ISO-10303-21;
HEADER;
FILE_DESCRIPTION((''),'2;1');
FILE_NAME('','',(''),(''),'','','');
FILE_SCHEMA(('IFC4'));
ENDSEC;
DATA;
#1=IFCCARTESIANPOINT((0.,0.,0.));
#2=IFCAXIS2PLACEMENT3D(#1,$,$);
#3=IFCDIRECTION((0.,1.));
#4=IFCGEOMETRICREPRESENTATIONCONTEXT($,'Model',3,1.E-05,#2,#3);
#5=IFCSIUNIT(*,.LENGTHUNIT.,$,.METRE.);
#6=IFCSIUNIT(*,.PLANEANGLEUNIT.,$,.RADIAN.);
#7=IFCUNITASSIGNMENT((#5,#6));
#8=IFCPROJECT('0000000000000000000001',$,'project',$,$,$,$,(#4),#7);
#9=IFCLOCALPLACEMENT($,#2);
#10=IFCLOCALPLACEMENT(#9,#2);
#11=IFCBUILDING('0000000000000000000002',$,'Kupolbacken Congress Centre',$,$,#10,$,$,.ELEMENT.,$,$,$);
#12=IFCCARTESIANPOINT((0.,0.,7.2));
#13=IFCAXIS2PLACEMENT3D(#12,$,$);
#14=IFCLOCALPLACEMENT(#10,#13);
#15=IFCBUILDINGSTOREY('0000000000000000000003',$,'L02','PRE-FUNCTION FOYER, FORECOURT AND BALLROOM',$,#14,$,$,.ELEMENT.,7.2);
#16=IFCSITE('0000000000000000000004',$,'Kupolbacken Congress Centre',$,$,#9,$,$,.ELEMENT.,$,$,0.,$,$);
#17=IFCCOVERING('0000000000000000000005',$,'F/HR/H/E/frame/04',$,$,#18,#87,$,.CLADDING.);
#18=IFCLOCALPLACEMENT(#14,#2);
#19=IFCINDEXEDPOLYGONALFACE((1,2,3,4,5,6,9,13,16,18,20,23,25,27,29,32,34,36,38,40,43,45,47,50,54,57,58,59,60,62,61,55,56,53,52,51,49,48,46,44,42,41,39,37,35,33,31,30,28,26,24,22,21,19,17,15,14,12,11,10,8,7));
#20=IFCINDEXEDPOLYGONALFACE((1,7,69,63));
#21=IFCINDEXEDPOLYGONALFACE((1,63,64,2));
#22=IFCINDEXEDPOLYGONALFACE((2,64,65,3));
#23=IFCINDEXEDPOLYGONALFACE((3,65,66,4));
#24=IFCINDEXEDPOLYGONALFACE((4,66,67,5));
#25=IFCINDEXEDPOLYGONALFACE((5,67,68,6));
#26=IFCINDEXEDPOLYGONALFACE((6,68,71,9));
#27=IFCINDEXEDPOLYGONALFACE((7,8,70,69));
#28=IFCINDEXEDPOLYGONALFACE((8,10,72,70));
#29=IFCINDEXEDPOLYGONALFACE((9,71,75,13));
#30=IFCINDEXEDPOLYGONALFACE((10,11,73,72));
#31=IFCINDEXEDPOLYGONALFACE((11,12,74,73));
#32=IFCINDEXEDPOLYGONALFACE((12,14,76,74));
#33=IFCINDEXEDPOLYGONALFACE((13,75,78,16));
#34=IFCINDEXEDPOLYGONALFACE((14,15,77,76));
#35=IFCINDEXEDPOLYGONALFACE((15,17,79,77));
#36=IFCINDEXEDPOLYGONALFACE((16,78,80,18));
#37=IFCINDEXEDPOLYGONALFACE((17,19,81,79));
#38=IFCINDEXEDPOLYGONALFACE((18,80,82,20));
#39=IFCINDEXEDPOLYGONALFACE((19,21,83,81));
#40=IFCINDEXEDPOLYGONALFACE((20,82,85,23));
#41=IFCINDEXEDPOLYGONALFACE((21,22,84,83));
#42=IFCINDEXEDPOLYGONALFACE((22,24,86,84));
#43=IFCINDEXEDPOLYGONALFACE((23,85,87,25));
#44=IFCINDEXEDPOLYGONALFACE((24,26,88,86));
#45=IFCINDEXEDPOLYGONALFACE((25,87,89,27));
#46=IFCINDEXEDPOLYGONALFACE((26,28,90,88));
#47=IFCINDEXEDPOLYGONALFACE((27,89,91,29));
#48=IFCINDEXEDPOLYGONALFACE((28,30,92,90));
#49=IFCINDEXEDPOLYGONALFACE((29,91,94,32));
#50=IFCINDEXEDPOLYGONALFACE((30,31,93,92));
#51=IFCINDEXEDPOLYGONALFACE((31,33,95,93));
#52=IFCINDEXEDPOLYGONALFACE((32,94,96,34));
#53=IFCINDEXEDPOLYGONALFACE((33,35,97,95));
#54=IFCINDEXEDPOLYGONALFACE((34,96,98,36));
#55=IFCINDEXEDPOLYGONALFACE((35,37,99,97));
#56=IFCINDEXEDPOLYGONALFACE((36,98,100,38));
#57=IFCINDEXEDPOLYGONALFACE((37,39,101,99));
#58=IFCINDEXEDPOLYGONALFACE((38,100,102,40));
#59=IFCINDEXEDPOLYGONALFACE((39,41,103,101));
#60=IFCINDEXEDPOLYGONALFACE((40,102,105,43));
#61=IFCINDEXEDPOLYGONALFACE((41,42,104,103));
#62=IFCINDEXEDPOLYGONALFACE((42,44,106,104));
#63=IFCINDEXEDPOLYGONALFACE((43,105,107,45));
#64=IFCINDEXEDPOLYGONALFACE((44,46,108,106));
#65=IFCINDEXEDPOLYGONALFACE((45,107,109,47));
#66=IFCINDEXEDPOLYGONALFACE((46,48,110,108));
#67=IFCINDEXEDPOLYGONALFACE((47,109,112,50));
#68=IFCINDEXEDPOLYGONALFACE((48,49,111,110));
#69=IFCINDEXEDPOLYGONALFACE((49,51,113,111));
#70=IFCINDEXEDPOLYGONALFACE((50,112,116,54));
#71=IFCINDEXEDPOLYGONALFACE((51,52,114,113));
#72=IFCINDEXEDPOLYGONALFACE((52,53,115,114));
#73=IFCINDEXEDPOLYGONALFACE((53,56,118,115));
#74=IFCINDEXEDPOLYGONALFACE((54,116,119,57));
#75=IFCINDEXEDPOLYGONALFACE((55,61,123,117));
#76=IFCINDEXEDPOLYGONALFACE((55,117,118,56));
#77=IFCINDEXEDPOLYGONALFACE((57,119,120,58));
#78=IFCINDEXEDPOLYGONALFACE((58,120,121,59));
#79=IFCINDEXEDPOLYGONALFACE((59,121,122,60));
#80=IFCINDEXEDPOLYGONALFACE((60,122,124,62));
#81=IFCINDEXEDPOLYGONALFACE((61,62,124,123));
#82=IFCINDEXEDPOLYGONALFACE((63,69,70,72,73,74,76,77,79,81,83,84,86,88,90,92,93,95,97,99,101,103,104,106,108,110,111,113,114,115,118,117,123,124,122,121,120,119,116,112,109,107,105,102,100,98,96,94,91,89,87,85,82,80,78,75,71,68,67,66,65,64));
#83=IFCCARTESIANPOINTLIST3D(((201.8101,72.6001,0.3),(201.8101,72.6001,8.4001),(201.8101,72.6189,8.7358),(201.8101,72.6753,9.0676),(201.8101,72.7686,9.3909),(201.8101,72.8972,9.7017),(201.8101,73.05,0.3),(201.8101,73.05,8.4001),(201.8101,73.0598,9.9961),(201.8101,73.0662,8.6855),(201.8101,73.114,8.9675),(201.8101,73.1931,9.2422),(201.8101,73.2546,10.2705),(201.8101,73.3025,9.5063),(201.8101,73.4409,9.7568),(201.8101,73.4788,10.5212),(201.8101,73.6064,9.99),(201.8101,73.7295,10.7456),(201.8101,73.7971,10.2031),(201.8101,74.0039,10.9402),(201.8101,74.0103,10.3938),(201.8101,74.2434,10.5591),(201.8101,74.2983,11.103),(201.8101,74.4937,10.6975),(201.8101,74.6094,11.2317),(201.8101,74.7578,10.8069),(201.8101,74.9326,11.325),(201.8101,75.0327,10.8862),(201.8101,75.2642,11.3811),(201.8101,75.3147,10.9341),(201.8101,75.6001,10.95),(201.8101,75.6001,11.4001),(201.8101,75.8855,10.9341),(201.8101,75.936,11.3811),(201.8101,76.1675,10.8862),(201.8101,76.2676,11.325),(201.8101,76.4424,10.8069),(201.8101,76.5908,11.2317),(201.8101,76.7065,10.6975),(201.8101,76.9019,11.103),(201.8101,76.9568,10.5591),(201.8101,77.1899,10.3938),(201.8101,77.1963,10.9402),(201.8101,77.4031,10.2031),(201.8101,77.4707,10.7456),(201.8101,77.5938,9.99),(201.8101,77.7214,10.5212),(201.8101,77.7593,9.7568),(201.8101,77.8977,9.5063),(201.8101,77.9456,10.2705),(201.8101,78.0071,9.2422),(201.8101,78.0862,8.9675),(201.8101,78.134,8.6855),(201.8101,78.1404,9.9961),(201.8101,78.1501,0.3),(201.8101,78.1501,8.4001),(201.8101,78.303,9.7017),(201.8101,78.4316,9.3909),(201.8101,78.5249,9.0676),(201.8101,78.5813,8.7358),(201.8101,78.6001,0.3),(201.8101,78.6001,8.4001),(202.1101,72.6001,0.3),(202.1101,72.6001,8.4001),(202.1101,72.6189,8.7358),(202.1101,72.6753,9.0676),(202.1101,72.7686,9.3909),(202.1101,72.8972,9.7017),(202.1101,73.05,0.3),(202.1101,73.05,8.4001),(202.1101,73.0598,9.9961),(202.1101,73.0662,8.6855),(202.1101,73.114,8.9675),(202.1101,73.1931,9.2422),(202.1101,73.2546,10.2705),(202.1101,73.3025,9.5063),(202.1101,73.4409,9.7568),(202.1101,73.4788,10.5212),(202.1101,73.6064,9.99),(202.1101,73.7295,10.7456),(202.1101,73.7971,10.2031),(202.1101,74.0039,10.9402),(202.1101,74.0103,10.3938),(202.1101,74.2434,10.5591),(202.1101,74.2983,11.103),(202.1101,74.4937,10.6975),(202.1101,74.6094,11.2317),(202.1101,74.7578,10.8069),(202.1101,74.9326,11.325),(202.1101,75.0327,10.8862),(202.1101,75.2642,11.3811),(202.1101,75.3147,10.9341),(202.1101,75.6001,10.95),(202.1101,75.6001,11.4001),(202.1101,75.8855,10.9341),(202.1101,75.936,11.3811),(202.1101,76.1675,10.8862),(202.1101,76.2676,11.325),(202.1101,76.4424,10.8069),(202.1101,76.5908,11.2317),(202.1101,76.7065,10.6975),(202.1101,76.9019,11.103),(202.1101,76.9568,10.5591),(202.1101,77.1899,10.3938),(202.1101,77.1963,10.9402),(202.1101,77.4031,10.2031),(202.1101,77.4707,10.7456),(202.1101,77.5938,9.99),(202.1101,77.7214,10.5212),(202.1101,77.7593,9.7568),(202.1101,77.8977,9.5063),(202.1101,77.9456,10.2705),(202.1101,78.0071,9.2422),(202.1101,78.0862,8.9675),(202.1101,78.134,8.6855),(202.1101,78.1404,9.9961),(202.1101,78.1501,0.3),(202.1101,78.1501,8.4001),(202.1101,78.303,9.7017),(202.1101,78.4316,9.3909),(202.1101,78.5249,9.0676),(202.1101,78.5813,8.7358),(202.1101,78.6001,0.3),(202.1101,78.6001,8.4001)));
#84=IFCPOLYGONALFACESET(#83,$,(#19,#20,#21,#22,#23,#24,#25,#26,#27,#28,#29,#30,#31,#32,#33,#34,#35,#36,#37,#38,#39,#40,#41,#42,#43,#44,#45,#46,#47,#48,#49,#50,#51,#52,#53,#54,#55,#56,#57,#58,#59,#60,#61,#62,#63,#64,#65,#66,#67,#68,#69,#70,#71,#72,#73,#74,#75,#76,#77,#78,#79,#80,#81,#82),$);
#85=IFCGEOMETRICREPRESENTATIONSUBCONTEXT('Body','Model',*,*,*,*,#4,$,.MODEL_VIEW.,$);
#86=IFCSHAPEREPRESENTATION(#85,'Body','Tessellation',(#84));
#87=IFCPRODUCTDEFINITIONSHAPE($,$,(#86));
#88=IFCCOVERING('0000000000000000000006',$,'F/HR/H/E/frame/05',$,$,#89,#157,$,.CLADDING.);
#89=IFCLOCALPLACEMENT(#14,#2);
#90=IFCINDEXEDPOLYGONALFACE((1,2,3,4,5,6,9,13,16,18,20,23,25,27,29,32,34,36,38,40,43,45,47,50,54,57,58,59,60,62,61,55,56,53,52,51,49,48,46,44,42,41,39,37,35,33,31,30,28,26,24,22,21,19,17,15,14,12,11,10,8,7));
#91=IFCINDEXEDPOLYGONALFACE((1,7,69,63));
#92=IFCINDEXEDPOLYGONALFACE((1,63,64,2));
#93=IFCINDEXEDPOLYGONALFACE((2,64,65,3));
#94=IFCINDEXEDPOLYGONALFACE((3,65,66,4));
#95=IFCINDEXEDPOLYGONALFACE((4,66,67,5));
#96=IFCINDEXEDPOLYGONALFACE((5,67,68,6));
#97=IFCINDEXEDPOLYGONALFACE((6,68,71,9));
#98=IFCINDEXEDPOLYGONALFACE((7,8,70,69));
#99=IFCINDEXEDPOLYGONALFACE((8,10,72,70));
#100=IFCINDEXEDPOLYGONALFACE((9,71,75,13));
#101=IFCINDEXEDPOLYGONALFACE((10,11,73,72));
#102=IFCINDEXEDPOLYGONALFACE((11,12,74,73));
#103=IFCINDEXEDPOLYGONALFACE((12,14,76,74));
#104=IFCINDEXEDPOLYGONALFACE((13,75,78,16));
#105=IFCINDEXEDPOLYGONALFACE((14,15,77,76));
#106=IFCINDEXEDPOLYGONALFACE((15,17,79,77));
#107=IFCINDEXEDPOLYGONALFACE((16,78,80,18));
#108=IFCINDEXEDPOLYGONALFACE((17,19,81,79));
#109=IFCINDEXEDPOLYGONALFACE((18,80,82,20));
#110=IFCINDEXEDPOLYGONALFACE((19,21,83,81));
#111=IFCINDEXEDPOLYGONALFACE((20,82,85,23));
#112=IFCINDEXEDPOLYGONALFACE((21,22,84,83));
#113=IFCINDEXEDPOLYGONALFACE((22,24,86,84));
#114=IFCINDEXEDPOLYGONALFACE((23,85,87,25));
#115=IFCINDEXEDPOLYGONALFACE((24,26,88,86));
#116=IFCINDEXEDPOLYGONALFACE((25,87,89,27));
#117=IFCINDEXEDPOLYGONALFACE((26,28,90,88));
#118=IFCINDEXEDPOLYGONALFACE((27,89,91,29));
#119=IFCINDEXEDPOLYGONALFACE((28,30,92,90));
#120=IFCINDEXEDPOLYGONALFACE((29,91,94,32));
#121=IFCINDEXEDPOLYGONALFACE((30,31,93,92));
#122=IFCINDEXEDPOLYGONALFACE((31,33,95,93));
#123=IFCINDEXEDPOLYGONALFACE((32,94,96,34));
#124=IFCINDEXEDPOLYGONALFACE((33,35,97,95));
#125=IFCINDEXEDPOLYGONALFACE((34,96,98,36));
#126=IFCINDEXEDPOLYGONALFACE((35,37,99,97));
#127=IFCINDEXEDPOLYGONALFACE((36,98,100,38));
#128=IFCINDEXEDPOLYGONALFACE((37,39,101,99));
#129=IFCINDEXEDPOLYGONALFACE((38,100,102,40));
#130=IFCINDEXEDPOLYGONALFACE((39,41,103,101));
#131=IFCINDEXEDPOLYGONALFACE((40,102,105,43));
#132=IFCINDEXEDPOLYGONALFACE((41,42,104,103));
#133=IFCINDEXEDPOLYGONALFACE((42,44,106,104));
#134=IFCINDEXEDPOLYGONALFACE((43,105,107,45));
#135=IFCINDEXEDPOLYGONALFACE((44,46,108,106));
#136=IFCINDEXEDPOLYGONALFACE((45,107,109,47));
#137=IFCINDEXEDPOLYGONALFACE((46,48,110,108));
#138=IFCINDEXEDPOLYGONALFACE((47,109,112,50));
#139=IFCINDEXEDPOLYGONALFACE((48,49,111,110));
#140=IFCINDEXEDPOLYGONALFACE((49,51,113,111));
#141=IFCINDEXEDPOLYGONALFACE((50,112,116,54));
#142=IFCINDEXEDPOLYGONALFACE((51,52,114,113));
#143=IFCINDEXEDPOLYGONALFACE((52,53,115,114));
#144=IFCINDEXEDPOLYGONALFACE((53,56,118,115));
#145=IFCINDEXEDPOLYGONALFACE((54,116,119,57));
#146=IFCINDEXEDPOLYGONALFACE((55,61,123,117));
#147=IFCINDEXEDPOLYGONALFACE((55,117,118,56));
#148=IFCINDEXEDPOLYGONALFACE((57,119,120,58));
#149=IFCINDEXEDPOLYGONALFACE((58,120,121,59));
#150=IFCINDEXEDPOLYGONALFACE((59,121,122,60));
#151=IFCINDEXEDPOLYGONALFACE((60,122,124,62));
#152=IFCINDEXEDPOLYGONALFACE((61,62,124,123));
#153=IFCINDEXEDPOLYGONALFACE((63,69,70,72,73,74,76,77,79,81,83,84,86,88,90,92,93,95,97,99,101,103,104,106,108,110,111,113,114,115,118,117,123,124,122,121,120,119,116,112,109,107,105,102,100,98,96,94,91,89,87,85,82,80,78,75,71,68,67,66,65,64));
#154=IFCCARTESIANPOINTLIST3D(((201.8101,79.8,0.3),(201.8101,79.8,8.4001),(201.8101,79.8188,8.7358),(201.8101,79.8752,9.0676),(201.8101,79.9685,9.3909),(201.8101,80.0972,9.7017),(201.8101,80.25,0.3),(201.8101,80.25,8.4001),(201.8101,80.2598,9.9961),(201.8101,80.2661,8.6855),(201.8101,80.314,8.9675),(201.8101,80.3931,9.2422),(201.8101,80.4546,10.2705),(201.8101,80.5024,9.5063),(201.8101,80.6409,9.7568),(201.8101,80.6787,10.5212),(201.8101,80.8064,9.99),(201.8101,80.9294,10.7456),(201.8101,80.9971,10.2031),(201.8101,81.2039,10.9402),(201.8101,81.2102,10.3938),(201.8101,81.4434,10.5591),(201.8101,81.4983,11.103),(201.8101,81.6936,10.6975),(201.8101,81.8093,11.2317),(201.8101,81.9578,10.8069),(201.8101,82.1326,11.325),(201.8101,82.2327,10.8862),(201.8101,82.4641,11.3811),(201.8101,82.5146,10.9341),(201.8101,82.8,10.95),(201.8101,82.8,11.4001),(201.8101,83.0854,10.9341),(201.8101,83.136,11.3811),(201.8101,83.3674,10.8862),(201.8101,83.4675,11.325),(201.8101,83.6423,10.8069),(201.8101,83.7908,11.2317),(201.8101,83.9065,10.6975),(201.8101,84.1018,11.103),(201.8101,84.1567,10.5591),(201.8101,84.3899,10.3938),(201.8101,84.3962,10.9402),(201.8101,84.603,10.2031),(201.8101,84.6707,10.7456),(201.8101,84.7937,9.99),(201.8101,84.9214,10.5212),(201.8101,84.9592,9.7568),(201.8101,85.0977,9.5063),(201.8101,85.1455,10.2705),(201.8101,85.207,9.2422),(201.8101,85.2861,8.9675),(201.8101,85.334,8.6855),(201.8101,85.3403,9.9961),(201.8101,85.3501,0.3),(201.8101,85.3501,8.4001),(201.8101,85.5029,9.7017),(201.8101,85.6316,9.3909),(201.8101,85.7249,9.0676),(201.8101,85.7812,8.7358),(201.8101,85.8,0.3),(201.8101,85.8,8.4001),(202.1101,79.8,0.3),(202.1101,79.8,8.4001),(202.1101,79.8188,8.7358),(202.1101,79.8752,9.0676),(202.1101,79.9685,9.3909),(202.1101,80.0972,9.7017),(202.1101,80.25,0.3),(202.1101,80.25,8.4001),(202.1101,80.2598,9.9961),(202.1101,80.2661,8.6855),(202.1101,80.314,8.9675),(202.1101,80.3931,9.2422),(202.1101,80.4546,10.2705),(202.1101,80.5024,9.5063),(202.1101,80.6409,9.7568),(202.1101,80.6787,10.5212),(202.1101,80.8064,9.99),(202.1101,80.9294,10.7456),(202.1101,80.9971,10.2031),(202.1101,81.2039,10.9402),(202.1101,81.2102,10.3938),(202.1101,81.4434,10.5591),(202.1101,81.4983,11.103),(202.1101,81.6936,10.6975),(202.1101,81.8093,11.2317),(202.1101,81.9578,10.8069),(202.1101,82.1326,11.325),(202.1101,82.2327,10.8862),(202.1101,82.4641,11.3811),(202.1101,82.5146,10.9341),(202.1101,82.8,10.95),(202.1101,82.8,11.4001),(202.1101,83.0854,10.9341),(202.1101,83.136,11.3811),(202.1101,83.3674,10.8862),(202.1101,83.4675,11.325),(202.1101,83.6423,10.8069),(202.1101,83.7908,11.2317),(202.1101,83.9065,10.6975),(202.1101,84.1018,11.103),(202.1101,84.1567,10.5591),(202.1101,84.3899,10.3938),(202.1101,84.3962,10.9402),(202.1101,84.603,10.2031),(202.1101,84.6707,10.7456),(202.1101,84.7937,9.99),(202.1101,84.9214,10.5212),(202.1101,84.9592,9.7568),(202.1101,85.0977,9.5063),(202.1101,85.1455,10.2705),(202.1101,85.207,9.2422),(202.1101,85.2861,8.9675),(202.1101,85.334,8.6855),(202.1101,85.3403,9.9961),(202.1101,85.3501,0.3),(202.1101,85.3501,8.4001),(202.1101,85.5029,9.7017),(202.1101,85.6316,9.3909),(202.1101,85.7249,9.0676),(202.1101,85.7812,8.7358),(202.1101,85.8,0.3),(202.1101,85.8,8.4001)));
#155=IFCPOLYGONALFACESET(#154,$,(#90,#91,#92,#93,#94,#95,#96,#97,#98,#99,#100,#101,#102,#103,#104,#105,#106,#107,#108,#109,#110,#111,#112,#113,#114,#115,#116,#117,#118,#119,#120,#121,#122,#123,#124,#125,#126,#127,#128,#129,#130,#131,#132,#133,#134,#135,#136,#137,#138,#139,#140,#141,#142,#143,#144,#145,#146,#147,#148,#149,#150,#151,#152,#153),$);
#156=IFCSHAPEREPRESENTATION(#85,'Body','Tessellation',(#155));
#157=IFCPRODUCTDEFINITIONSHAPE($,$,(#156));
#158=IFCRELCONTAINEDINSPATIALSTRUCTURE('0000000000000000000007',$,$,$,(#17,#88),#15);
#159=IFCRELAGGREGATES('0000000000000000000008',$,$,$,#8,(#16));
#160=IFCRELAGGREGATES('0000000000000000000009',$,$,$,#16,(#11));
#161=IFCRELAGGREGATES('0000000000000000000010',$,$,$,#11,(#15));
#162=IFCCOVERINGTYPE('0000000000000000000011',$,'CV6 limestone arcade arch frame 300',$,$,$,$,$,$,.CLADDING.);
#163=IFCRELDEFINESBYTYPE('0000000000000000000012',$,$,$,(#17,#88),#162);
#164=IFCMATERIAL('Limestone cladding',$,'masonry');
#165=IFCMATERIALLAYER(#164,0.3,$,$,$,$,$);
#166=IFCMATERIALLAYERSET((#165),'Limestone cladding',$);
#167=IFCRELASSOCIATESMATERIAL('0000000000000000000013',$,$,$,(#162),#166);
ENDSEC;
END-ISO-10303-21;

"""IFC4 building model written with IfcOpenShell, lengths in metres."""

from ifc_helpers import new_model, si_unit, direction, frame, origin, place, context, subcontext, project, spatial, polyline, outline, extrude, material, layer, layer_set, type_object, element, save


model = new_model("IFC4")

# Units and contexts
model_context = context("Model", 3, precision=1e-05, world=origin(), true_north=direction((0.0, 1.0)))
body_context = subcontext(model_context, "Body", "Model", "MODEL_VIEW")
ifc_project = project(units=[si_unit("LENGTHUNIT", "METRE"), si_unit("PLANEANGLEUNIT", "RADIAN")], contexts=[model_context])

# Site, building, storey
site_placement = place(None, origin())
site = spatial("IfcSite", under=ifc_project, at=site_placement, Name="Kupolbacken Congress Centre", CompositionType="ELEMENT", RefElevation=0.0)
building_placement = place(site_placement, origin())
building = spatial("IfcBuilding", under=site, at=building_placement, Name="Kupolbacken Congress Centre", CompositionType="ELEMENT")
storey_placement = place(building_placement, frame((0.0, 0.0, 7.2)))
storey = spatial("IfcBuildingStorey", under=building, at=storey_placement, Name="L02", Description="PRE-FUNCTION FOYER, FORECOURT AND BALLROOM", CompositionType="ELEMENT", Elevation=7.2)

# Coverings
ifc_material_1 = material(Name="Limestone cladding", Category="masonry")
ifc_layer_1 = layer(ifc_material_1, 0.3)
ifc_layer_set_1 = layer_set([ifc_layer_1], Name="Limestone cladding")
covering_type_1 = type_object("IfcCoveringType", Name="CV6 limestone arcade arch frame 300", PredefinedType="CLADDING", material=ifc_layer_set_1)
covering_1_placement = place(storey_placement, frame((201.8101, 72.6001, 0.3), z_axis=(1.0, 0.0, 0.0), x_axis=(0.0, 1.0, 0.0)))
element("IfcCovering", 1, at=covering_1_placement, inside=storey, type_object=covering_type_1, Name="F/HR/H/E/frame/04", PredefinedType="CLADDING", context=body_context, shape_type="SweptSolid", body=[
    extrude(outline(polyline([(0.0, 0.0), (0.0, 8.1001), (0.0188, 8.4358), (0.0752, 8.7676), (0.1685, 9.0908), (0.2971, 9.4016), (0.4597, 9.696), (0.6545, 9.9705), (0.8787, 10.2212), (1.1294, 10.4456), (1.4038, 10.6401), (1.6982, 10.803), (2.0093, 10.9316), (2.3325, 11.0249), (2.6641, 11.0811), (3.0, 11.1001), (3.3359, 11.0811), (3.6675, 11.0249), (3.9907, 10.9316), (4.3018, 10.803), (4.5962, 10.6401), (4.8706, 10.4456), (5.1213, 10.2212), (5.3455, 9.9705), (5.5403, 9.696), (5.7029, 9.4016), (5.8315, 9.0908), (5.9248, 8.7676), (5.9812, 8.4358), (6.0, 8.1001), (6.0, 0.0), (5.55, 0.0), (5.55, 8.1001), (5.5339, 8.3855), (5.4861, 8.6675), (5.407, 8.9421), (5.2976, 9.2063), (5.1592, 9.4568), (4.9937, 9.6899), (4.803, 9.9031), (4.5898, 10.0938), (4.3567, 10.259), (4.1064, 10.3975), (3.8423, 10.5068), (3.5674, 10.5862), (3.2854, 10.634), (3.0, 10.6499), (2.7146, 10.634), (2.4326, 10.5862), (2.1577, 10.5068), (1.8936, 10.3975), (1.6433, 10.259), (1.4102, 10.0938), (1.197, 9.9031), (1.0063, 9.6899), (0.8408, 9.4568), (0.7024, 9.2063), (0.593, 8.9421), (0.5139, 8.6675), (0.4661, 8.3855), (0.45, 8.1001), (0.45, 0.0), (0.0, 0.0)])), origin(), (0.0, 0.0, 1.0), 0.3),
])
covering_2_placement = place(storey_placement, frame((201.8101, 79.8, 0.3), z_axis=(1.0, 0.0, 0.0), x_axis=(0.0, 1.0, 0.0)))
element("IfcCovering", 2, at=covering_2_placement, inside=storey, type_object=covering_type_1, Name="F/HR/H/E/frame/05", PredefinedType="CLADDING", context=body_context, shape_type="SweptSolid", body=[
    extrude(outline(polyline([(0.0, 0.0), (0.0, 8.1001), (0.0188, 8.4358), (0.0752, 8.7676), (0.1685, 9.0908), (0.2971, 9.4016), (0.4597, 9.696), (0.6545, 9.9705), (0.8787, 10.2212), (1.1294, 10.4456), (1.4038, 10.6401), (1.6982, 10.803), (2.0093, 10.9316), (2.3325, 11.0249), (2.6641, 11.0811), (3.0, 11.1001), (3.3359, 11.0811), (3.6675, 11.0249), (3.9907, 10.9316), (4.3018, 10.803), (4.5962, 10.6401), (4.8706, 10.4456), (5.1213, 10.2212), (5.3455, 9.9705), (5.5403, 9.696), (5.7029, 9.4016), (5.8315, 9.0908), (5.9248, 8.7676), (5.9812, 8.4358), (6.0, 8.1001), (6.0, 0.0), (5.55, 0.0), (5.55, 8.1001), (5.5339, 8.3855), (5.4861, 8.6675), (5.407, 8.9421), (5.2976, 9.2063), (5.1592, 9.4568), (4.9937, 9.6899), (4.803, 9.9031), (4.5898, 10.0938), (4.3567, 10.259), (4.1064, 10.3975), (3.8423, 10.5068), (3.5674, 10.5862), (3.2854, 10.634), (3.0, 10.6499), (2.7146, 10.634), (2.4326, 10.5862), (2.1577, 10.5068), (1.8936, 10.3975), (1.6433, 10.259), (1.4102, 10.0938), (1.197, 9.9031), (1.0063, 9.6899), (0.8408, 9.4568), (0.7024, 9.2063), (0.593, 8.9421), (0.5139, 8.6675), (0.4661, 8.3855), (0.45, 8.1001), (0.45, 0.0), (0.0, 0.0)])), origin(), (0.0, 0.0, 1.0), 0.3),
])

save(model, "model.ifc")
